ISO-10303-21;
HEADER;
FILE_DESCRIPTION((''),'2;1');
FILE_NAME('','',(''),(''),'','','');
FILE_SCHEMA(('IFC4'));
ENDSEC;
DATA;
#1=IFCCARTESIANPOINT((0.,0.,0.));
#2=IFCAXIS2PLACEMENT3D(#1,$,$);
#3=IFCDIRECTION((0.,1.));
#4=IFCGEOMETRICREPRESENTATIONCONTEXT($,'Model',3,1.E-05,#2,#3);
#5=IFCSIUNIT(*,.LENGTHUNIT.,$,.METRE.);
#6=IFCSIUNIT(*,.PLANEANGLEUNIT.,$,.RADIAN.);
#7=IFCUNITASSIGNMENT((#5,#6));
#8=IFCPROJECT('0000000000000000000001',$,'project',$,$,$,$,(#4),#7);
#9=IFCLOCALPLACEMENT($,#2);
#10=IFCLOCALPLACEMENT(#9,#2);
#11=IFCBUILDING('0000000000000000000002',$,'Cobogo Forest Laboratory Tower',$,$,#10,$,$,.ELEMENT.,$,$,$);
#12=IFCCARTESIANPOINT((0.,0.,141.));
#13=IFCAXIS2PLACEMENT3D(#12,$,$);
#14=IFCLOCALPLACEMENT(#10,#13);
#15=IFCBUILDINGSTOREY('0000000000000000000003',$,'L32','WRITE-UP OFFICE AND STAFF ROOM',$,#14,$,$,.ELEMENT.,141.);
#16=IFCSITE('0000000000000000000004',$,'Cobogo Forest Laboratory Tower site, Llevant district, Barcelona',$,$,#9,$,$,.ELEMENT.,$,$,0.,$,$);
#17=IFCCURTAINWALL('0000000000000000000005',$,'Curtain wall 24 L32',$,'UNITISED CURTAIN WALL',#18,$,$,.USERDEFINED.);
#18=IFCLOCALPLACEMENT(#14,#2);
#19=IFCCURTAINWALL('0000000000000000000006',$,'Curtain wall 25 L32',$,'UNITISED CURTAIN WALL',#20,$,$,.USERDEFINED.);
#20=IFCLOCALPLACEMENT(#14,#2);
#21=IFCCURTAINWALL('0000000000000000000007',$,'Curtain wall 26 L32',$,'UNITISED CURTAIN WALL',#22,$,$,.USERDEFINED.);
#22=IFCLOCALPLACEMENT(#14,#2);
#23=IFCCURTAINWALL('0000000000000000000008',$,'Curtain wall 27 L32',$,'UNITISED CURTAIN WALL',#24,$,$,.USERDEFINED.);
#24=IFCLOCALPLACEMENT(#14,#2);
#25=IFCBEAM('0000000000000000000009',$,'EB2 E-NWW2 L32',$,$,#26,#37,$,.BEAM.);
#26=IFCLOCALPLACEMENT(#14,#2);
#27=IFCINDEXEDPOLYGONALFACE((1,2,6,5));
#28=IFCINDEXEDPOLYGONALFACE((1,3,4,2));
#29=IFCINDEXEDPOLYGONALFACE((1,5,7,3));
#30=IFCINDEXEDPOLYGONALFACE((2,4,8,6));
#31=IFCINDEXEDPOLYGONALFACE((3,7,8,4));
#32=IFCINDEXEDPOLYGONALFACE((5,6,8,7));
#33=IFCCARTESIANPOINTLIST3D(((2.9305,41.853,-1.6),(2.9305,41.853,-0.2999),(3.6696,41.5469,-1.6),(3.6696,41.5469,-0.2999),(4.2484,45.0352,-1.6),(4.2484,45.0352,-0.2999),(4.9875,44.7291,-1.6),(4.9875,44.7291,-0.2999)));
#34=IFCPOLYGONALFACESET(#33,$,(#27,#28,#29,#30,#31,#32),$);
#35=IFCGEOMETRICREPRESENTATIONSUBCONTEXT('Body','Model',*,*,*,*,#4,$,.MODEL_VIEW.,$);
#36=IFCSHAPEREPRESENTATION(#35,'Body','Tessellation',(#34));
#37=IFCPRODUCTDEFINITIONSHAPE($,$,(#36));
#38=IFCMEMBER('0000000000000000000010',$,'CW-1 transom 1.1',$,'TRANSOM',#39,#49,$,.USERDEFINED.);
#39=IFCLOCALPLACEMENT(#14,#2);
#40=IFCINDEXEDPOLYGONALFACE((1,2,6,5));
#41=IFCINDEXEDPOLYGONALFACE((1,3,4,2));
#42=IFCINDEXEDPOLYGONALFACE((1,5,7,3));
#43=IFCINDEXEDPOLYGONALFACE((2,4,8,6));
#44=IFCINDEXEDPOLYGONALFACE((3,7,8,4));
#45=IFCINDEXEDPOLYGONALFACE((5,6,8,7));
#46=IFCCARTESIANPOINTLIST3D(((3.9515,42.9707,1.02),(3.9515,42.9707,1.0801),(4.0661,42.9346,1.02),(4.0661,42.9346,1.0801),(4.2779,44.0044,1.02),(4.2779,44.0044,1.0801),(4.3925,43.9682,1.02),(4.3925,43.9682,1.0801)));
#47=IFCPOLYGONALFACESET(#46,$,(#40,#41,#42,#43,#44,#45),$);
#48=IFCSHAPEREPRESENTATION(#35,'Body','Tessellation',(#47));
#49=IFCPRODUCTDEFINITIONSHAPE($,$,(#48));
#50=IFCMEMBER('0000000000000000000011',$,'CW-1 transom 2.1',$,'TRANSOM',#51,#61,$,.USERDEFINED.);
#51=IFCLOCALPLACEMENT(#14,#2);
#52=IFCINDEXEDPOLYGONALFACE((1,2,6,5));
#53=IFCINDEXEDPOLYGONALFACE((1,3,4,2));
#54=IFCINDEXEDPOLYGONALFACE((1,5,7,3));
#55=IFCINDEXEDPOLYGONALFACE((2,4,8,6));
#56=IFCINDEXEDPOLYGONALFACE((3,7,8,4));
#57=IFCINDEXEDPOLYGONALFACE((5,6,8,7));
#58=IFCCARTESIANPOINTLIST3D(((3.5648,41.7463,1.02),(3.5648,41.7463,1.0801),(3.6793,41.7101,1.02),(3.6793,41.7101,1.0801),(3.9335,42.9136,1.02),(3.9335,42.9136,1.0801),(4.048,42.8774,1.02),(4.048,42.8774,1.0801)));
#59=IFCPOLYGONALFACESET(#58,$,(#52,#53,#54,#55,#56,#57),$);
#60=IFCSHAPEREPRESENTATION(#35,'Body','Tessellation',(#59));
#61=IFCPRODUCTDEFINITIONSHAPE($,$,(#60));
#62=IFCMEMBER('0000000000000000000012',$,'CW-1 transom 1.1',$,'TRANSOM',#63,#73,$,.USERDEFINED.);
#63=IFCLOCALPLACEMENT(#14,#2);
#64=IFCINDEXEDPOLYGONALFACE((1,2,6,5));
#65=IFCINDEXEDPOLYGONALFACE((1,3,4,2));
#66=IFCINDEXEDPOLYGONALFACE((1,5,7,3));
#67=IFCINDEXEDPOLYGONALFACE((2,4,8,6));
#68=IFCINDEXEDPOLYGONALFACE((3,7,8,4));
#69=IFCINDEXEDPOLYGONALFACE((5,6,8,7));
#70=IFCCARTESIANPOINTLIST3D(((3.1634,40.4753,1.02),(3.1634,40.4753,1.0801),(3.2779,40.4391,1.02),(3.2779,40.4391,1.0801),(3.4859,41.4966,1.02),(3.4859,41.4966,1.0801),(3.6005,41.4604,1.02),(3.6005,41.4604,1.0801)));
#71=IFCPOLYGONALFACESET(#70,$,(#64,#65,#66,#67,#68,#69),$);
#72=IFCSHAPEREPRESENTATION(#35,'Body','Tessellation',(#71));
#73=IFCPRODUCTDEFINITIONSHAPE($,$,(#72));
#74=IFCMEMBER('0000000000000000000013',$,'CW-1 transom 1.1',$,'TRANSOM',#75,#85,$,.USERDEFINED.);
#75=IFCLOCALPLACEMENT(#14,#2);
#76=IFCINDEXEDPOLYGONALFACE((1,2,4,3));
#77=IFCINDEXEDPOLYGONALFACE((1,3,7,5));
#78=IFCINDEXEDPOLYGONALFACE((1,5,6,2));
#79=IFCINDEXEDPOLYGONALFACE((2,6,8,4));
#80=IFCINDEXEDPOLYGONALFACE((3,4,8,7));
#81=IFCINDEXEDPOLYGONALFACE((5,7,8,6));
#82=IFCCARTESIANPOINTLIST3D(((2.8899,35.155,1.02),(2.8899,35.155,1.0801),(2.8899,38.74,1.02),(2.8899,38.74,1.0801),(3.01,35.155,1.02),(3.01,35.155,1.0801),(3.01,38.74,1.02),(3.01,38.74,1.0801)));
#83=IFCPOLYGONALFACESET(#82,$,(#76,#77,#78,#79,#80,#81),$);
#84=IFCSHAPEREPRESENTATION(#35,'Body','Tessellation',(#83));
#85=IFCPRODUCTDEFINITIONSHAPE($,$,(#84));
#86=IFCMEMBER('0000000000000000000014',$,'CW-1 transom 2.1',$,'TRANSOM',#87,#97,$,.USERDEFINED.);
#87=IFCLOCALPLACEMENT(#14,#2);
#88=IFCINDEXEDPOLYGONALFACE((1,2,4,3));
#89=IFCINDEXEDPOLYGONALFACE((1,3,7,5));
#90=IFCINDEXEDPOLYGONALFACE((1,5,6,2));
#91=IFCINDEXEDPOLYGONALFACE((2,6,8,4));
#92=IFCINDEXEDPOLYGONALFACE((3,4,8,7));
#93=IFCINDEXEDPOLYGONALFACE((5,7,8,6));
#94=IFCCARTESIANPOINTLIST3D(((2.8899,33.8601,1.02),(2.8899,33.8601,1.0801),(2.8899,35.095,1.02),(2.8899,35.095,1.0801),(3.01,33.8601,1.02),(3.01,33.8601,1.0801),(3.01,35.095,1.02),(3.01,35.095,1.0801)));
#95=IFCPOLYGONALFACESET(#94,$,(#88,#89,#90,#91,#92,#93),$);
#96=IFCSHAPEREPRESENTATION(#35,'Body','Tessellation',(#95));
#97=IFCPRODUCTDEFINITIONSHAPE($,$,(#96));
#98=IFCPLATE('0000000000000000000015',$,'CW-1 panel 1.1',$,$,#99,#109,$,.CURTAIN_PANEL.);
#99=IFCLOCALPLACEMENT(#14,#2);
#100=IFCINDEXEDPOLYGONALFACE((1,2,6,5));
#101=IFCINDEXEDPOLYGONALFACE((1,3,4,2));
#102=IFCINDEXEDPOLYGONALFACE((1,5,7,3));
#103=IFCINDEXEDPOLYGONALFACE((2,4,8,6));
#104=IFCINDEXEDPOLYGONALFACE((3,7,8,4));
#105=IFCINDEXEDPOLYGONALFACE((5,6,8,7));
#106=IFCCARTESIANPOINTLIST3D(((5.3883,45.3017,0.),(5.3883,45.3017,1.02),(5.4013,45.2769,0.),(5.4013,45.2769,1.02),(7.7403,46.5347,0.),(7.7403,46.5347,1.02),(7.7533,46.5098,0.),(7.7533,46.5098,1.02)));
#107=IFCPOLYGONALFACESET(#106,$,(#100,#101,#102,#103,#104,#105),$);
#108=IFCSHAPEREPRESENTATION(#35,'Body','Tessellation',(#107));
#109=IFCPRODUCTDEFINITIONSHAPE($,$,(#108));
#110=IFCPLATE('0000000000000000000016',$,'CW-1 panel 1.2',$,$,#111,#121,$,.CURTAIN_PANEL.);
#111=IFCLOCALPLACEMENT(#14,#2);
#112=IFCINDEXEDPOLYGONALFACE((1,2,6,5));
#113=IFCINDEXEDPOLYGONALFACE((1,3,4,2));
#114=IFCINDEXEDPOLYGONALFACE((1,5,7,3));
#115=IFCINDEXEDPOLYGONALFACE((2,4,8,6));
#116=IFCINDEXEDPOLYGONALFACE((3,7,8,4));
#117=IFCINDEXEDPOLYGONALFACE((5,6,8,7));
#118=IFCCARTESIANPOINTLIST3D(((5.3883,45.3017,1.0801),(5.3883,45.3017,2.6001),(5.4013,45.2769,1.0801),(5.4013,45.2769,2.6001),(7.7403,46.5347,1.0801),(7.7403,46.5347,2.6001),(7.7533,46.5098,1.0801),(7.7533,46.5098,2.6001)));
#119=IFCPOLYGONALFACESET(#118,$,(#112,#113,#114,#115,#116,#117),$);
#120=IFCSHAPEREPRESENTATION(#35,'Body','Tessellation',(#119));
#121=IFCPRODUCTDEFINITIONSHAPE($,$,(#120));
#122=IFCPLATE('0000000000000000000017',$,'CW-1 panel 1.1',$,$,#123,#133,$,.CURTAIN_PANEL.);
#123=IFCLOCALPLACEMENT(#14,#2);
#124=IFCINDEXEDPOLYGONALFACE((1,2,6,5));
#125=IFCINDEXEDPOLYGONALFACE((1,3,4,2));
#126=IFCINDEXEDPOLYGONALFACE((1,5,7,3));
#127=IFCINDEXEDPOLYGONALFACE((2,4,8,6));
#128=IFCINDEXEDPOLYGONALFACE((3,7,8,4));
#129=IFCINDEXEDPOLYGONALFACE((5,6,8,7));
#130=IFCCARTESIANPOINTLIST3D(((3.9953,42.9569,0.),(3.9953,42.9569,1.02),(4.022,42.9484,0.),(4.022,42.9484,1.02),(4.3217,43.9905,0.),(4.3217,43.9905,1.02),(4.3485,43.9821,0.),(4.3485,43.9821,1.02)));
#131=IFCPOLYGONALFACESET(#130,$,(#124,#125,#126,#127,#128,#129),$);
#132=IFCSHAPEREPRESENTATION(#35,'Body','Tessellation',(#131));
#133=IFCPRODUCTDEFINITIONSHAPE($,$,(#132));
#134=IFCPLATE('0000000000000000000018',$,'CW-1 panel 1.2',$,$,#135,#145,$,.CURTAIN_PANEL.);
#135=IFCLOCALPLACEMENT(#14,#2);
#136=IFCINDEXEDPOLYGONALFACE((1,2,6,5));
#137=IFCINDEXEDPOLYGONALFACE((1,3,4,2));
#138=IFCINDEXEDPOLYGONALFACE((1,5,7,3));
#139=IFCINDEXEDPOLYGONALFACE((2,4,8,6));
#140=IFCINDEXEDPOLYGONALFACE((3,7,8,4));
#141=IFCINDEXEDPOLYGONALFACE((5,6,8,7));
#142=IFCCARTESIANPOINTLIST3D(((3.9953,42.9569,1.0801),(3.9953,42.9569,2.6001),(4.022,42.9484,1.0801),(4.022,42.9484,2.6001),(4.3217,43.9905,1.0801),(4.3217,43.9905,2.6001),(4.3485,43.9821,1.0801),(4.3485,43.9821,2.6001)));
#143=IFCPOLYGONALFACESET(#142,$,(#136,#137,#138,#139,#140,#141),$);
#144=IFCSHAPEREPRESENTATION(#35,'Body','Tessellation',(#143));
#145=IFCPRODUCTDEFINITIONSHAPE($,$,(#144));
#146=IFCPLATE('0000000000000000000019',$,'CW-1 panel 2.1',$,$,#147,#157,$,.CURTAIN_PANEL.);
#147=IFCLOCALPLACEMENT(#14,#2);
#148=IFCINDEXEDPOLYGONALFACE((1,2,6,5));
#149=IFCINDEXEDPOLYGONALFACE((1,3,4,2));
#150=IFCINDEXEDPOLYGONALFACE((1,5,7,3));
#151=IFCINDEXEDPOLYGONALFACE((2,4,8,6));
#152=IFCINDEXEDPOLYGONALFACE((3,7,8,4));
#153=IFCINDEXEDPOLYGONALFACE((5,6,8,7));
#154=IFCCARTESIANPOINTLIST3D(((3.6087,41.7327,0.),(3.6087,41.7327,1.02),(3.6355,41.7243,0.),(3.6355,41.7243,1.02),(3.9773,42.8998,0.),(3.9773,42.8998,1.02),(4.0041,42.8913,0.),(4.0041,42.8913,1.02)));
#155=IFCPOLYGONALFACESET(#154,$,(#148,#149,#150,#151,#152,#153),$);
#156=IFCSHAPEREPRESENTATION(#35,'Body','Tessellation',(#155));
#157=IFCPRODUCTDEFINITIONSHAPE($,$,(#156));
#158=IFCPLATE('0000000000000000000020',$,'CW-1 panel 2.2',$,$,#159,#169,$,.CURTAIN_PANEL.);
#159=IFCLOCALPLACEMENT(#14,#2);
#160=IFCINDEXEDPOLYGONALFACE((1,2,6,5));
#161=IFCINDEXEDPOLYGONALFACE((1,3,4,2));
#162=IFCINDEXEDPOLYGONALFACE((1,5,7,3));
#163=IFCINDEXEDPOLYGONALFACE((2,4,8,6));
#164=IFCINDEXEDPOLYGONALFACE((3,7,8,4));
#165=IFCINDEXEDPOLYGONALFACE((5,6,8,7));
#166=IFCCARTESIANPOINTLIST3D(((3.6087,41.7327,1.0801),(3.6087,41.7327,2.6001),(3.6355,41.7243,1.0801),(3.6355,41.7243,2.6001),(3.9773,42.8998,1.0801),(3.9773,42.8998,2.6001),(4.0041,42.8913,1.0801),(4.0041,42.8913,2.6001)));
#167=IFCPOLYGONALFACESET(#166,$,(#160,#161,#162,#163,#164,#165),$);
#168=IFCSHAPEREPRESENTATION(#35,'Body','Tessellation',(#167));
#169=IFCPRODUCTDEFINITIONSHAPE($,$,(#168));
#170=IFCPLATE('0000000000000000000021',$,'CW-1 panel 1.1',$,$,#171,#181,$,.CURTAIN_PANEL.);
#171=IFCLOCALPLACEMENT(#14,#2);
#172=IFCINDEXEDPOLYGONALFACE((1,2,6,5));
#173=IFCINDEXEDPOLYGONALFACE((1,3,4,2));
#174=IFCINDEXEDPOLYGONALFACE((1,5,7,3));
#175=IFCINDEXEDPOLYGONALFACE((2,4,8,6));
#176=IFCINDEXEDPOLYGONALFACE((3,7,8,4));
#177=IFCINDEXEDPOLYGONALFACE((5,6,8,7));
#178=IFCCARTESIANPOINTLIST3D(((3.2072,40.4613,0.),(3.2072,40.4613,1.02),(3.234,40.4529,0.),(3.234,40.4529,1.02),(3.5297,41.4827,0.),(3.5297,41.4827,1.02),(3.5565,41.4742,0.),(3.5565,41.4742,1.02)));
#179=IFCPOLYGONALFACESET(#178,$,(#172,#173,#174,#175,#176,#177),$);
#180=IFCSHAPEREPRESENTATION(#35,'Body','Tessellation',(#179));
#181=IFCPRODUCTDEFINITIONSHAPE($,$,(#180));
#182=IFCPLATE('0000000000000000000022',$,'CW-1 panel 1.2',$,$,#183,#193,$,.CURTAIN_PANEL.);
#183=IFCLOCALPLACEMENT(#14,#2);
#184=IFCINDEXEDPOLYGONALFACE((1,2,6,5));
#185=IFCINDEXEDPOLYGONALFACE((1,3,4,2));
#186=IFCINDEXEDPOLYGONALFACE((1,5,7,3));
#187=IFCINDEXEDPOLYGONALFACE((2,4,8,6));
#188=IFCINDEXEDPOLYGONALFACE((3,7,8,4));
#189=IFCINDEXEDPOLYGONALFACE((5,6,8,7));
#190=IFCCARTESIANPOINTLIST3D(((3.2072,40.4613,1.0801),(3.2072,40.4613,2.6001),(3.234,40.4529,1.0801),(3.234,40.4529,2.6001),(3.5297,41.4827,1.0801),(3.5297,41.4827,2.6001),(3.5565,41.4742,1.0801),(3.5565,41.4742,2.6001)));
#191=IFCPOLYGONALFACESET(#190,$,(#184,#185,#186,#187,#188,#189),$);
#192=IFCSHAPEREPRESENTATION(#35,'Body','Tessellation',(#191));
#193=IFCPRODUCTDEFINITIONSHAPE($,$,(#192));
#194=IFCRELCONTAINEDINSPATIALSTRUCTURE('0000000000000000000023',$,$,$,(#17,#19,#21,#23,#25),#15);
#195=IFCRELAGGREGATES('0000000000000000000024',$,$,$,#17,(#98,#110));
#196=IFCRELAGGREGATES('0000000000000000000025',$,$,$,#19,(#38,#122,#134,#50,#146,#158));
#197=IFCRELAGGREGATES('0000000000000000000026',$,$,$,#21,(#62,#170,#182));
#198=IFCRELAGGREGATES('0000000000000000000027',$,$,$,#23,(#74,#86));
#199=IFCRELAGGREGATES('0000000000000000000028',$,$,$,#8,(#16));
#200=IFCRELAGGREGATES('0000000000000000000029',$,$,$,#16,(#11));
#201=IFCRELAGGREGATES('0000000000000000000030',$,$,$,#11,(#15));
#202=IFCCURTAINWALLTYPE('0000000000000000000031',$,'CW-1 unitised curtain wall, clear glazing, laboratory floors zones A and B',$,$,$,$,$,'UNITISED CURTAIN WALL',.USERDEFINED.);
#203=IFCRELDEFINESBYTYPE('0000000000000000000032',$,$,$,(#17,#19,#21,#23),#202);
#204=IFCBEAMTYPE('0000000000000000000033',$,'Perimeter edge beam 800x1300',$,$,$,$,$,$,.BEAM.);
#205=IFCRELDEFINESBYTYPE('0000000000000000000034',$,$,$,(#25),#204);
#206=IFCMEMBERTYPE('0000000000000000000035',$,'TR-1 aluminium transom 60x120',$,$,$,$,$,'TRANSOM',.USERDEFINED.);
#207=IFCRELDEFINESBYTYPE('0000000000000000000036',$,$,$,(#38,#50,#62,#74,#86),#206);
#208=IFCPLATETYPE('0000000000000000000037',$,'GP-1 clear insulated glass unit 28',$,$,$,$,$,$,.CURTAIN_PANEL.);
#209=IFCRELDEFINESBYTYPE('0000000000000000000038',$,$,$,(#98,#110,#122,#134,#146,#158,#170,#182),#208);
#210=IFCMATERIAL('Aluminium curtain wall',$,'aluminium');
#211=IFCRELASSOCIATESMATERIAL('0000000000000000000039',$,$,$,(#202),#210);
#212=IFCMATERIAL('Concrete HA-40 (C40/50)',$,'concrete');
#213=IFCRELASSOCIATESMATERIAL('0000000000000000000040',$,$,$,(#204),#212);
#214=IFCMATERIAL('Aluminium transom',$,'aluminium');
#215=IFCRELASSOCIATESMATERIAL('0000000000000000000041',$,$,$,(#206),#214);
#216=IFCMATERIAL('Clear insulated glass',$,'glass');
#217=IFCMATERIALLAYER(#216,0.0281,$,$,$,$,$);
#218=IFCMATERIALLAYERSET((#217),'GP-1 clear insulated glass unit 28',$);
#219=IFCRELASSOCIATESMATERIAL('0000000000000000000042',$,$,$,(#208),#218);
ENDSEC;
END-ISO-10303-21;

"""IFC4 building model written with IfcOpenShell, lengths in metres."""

from ifc_helpers import new_model, si_unit, direction, frame, origin, origin_2d, place, context, subcontext, project, spatial, rectangle, extrude, material, layer, layer_set, material_profile, profile_set, type_object, element, aggregate, save


model = new_model("IFC4")

# Units and contexts
model_context = context("Model", 3, precision=1e-05, world=origin(), true_north=direction((0.0, 1.0)))
body_context = subcontext(model_context, "Body", "Model", "MODEL_VIEW")
ifc_project = project(units=[si_unit("LENGTHUNIT", "METRE"), si_unit("PLANEANGLEUNIT", "RADIAN")], contexts=[model_context])

# Site, building, storey
site_placement = place(None, origin())
site = spatial("IfcSite", under=ifc_project, at=site_placement, Name="Cobogo Forest Laboratory Tower site, Llevant district, Barcelona", CompositionType="ELEMENT", RefElevation=0.0)
building_placement = place(site_placement, origin())
building = spatial("IfcBuilding", under=site, at=building_placement, Name="Cobogo Forest Laboratory Tower", CompositionType="ELEMENT")
storey_placement = place(building_placement, frame((0.0, 0.0, 141.0)))
storey = spatial("IfcBuildingStorey", under=building, at=storey_placement, Name="L32", Description="WRITE-UP OFFICE AND STAFF ROOM", CompositionType="ELEMENT", Elevation=141.0)

# Curtain wall
ifc_material_1 = material(Name="Aluminium curtain wall", Category="aluminium")
curtain_wall_type = type_object("IfcCurtainWallType", Name="CW-1 unitised curtain wall, clear glazing, laboratory floors zones A and B", ElementType="UNITISED CURTAIN WALL", PredefinedType="USERDEFINED", material=ifc_material_1)
curtain_wall_1_placement = place(storey_placement, origin())
curtain_wall_1 = element("IfcCurtainWall", 1, at=curtain_wall_1_placement, inside=storey, type_object=curtain_wall_type, Name="Curtain wall 24 L32", ObjectType="UNITISED CURTAIN WALL", PredefinedType="USERDEFINED")

# Curtain walls
curtain_wall_2_placement = place(storey_placement, origin())
curtain_wall_2 = element("IfcCurtainWall", 2, at=curtain_wall_2_placement, inside=storey, type_object=curtain_wall_type, Name="Curtain wall 25 L32", ObjectType="UNITISED CURTAIN WALL", PredefinedType="USERDEFINED")
curtain_wall_3_placement = place(storey_placement, origin())
curtain_wall_3 = element("IfcCurtainWall", 3, at=curtain_wall_3_placement, inside=storey, type_object=curtain_wall_type, Name="Curtain wall 26 L32", ObjectType="UNITISED CURTAIN WALL", PredefinedType="USERDEFINED")
curtain_wall_4_placement = place(storey_placement, origin())
curtain_wall_4 = element("IfcCurtainWall", 4, at=curtain_wall_4_placement, inside=storey, type_object=curtain_wall_type, Name="Curtain wall 27 L32", ObjectType="UNITISED CURTAIN WALL", PredefinedType="USERDEFINED")

# Beam
ifc_material_2 = material(Name="Concrete HA-40 (C40/50)", Category="concrete")
ifc_material_profile_1 = material_profile(ifc_material_2, rectangle(XDim=0.8, YDim=1.3, at=origin_2d()), Name="RC 800x1300")
ifc_profile_set_1 = profile_set([ifc_material_profile_1], Name="Concrete HA-40 (C40/50)")
beam_type_1 = type_object("IfcBeamType", Name="Perimeter edge beam 800x1300", PredefinedType="BEAM", material=ifc_profile_set_1)
beam_1_placement = place(storey_placement, frame((3.3, 41.7, -0.95), z_axis=(0.382631, 0.923901, 0.0), x_axis=(-0.923901, 0.382631, 0.0)))
element("IfcBeam", 5, at=beam_1_placement, inside=storey, type_object=beam_type_1, Name="EB2 E-NWW2 L32", PredefinedType="BEAM", context=body_context, shape_type="SweptSolid", body=[
    extrude(rectangle(XDim=0.8, YDim=1.3, at=origin_2d()), origin(), (0.0, 0.0, 1.0), 3.4443),
])

# Members
ifc_material_3 = material(Name="Aluminium transom", Category="aluminium")
ifc_material_profile_2 = material_profile(ifc_material_3, rectangle(XDim=0.1201, YDim=0.0601, at=origin_2d()), Name="AL 60x120")
ifc_profile_set_2 = profile_set([ifc_material_profile_2], Name="Aluminium transom")
member_type_1 = type_object("IfcMemberType", Name="TR-1 aluminium transom 60x120", ElementType="TRANSOM", PredefinedType="USERDEFINED", material=ifc_profile_set_2)
member_1_placement = place(storey_placement, frame((4.3352, 43.9863, 1.05), z_axis=(-0.301121, -0.953586, 0.0), x_axis=(0.953586, -0.301121, 0.0)))
member_1 = element("IfcMember", 6, at=member_1_placement, type_object=member_type_1, Name="CW-1 transom 1.1", ObjectType="TRANSOM", PredefinedType="USERDEFINED", context=body_context, shape_type="SweptSolid", body=[
    extrude(rectangle(XDim=0.1201, YDim=0.0601, at=origin_2d()), origin(), (0.0, 0.0, 1.0), 1.084),
])
member_2_placement = place(storey_placement, frame((3.9907, 42.8955, 1.05), z_axis=(-0.30117, -0.953571, 0.0), x_axis=(0.953571, -0.30117, 0.0)))
member_2 = element("IfcMember", 7, at=member_2_placement, type_object=member_type_1, Name="CW-1 transom 2.1", ObjectType="TRANSOM", PredefinedType="USERDEFINED", context=body_context, shape_type="SweptSolid", body=[
    extrude(rectangle(XDim=0.1201, YDim=0.0601, at=origin_2d()), origin(), (0.0, 0.0, 1.0), 1.2241),
])
member_3_placement = place(storey_placement, frame((3.5432, 41.4785, 1.05), z_axis=(-0.301142, -0.953579, 0.0), x_axis=(0.953579, -0.301142, 0.0)))
member_3 = element("IfcMember", 8, at=member_3_placement, type_object=member_type_1, Name="CW-1 transom 1.1", ObjectType="TRANSOM", PredefinedType="USERDEFINED", context=body_context, shape_type="SweptSolid", body=[
    extrude(rectangle(XDim=0.1201, YDim=0.0601, at=origin_2d()), origin(), (0.0, 0.0, 1.0), 1.071),
])
member_4_placement = place(storey_placement, frame((2.95, 38.74, 1.05), z_axis=(0.0, -1.0, 0.0), x_axis=(1.0, 0.0, 0.0)))
member_4 = element("IfcMember", 9, at=member_4_placement, type_object=member_type_1, Name="CW-1 transom 1.1", ObjectType="TRANSOM", PredefinedType="USERDEFINED", context=body_context, shape_type="SweptSolid", body=[
    extrude(rectangle(XDim=0.1201, YDim=0.0601, at=origin_2d()), origin(), (0.0, 0.0, 1.0), 3.585),
])
member_5_placement = place(storey_placement, frame((2.95, 35.095, 1.05), z_axis=(0.0, -1.0, 0.0), x_axis=(1.0, 0.0, 0.0)))
member_5 = element("IfcMember", 10, at=member_5_placement, type_object=member_type_1, Name="CW-1 transom 2.1", ObjectType="TRANSOM", PredefinedType="USERDEFINED", context=body_context, shape_type="SweptSolid", body=[
    extrude(rectangle(XDim=0.1201, YDim=0.0601, at=origin_2d()), origin(), (0.0, 0.0, 1.0), 1.2349),
])

# Plates
ifc_material_4 = material(Name="Clear insulated glass", Category="glass")
ifc_layer_1 = layer(ifc_material_4, 0.0281)
ifc_layer_set_1 = layer_set([ifc_layer_1], Name="GP-1 clear insulated glass unit 28")
plate_type = type_object("IfcPlateType", Name="GP-1 clear insulated glass unit 28", PredefinedType="CURTAIN_PANEL", material=ifc_layer_set_1)
plate_1_placement = place(storey_placement, frame((6.5708, 45.9058, 0.0), z_axis=(0.0, 0.0, 1.0), x_axis=(-0.885687, -0.464284, 0.0)))
plate_1 = element("IfcPlate", 11, at=plate_1_placement, type_object=plate_type, Name="CW-1 panel 1.1", PredefinedType="CURTAIN_PANEL", context=body_context, shape_type="SweptSolid", body=[
    extrude(rectangle(XDim=2.6555, YDim=0.0281, at=origin_2d()), origin(), (0.0, 0.0, 1.0), 1.02),
])
plate_2_placement = place(storey_placement, frame((6.5708, 45.9058, 1.0801), z_axis=(0.0, 0.0, 1.0), x_axis=(-0.885687, -0.464284, 0.0)))
plate_2 = element("IfcPlate", 12, at=plate_2_placement, type_object=plate_type, Name="CW-1 panel 1.2", PredefinedType="CURTAIN_PANEL", context=body_context, shape_type="SweptSolid", body=[
    extrude(rectangle(XDim=2.6555, YDim=0.0281, at=origin_2d()), origin(), (0.0, 0.0, 1.0), 1.52),
])
aggregate(curtain_wall_1, [plate_1, plate_2])
plate_3_placement = place(storey_placement, frame((4.1719, 43.4695, 0.0), z_axis=(0.0, 0.0, 1.0), x_axis=(-0.301135, -0.953581, 0.0)))
plate_3 = element("IfcPlate", 13, at=plate_3_placement, type_object=plate_type, Name="CW-1 panel 1.1", PredefinedType="CURTAIN_PANEL", context=body_context, shape_type="SweptSolid", body=[
    extrude(rectangle(XDim=1.084, YDim=0.0281, at=origin_2d()), origin(), (0.0, 0.0, 1.0), 1.02),
])
plate_4_placement = place(storey_placement, frame((4.1719, 43.4695, 1.0801), z_axis=(0.0, 0.0, 1.0), x_axis=(-0.301135, -0.953581, 0.0)))
plate_4 = element("IfcPlate", 14, at=plate_4_placement, type_object=plate_type, Name="CW-1 panel 1.2", PredefinedType="CURTAIN_PANEL", context=body_context, shape_type="SweptSolid", body=[
    extrude(rectangle(XDim=1.084, YDim=0.0281, at=origin_2d()), origin(), (0.0, 0.0, 1.0), 1.52),
])
plate_5_placement = place(storey_placement, frame((3.8064, 42.312, 0.0), z_axis=(0.0, 0.0, 1.0), x_axis=(-0.301135, -0.953581, 0.0)))
plate_5 = element("IfcPlate", 15, at=plate_5_placement, type_object=plate_type, Name="CW-1 panel 2.1", PredefinedType="CURTAIN_PANEL", context=body_context, shape_type="SweptSolid", body=[
    extrude(rectangle(XDim=1.2239, YDim=0.0281, at=origin_2d()), origin(), (0.0, 0.0, 1.0), 1.02),
])
plate_6_placement = place(storey_placement, frame((3.8064, 42.312, 1.0801), z_axis=(0.0, 0.0, 1.0), x_axis=(-0.301135, -0.953581, 0.0)))
plate_6 = element("IfcPlate", 16, at=plate_6_placement, type_object=plate_type, Name="CW-1 panel 2.2", PredefinedType="CURTAIN_PANEL", context=body_context, shape_type="SweptSolid", body=[
    extrude(rectangle(XDim=1.2239, YDim=0.0281, at=origin_2d()), origin(), (0.0, 0.0, 1.0), 1.52),
])
aggregate(curtain_wall_2, [member_1, plate_3, plate_4, member_2, plate_5, plate_6])
plate_7_placement = place(storey_placement, frame((3.3818, 40.9678, 0.0), z_axis=(0.0, 0.0, 1.0), x_axis=(-0.301136, -0.953581, 0.0)))
plate_7 = element("IfcPlate", 17, at=plate_7_placement, type_object=plate_type, Name="CW-1 panel 1.1", PredefinedType="CURTAIN_PANEL", context=body_context, shape_type="SweptSolid", body=[
    extrude(rectangle(XDim=1.071, YDim=0.0281, at=origin_2d()), origin(), (0.0, 0.0, 1.0), 1.02),
])
plate_8_placement = place(storey_placement, frame((3.3818, 40.9678, 1.0801), z_axis=(0.0, 0.0, 1.0), x_axis=(-0.301136, -0.953581, 0.0)))
plate_8 = element("IfcPlate", 18, at=plate_8_placement, type_object=plate_type, Name="CW-1 panel 1.2", PredefinedType="CURTAIN_PANEL", context=body_context, shape_type="SweptSolid", body=[
    extrude(rectangle(XDim=1.071, YDim=0.0281, at=origin_2d()), origin(), (0.0, 0.0, 1.0), 1.52),
])
aggregate(curtain_wall_3, [member_3, plate_7, plate_8])
aggregate(curtain_wall_4, [member_4, member_5])

save(model, "model.ifc")
